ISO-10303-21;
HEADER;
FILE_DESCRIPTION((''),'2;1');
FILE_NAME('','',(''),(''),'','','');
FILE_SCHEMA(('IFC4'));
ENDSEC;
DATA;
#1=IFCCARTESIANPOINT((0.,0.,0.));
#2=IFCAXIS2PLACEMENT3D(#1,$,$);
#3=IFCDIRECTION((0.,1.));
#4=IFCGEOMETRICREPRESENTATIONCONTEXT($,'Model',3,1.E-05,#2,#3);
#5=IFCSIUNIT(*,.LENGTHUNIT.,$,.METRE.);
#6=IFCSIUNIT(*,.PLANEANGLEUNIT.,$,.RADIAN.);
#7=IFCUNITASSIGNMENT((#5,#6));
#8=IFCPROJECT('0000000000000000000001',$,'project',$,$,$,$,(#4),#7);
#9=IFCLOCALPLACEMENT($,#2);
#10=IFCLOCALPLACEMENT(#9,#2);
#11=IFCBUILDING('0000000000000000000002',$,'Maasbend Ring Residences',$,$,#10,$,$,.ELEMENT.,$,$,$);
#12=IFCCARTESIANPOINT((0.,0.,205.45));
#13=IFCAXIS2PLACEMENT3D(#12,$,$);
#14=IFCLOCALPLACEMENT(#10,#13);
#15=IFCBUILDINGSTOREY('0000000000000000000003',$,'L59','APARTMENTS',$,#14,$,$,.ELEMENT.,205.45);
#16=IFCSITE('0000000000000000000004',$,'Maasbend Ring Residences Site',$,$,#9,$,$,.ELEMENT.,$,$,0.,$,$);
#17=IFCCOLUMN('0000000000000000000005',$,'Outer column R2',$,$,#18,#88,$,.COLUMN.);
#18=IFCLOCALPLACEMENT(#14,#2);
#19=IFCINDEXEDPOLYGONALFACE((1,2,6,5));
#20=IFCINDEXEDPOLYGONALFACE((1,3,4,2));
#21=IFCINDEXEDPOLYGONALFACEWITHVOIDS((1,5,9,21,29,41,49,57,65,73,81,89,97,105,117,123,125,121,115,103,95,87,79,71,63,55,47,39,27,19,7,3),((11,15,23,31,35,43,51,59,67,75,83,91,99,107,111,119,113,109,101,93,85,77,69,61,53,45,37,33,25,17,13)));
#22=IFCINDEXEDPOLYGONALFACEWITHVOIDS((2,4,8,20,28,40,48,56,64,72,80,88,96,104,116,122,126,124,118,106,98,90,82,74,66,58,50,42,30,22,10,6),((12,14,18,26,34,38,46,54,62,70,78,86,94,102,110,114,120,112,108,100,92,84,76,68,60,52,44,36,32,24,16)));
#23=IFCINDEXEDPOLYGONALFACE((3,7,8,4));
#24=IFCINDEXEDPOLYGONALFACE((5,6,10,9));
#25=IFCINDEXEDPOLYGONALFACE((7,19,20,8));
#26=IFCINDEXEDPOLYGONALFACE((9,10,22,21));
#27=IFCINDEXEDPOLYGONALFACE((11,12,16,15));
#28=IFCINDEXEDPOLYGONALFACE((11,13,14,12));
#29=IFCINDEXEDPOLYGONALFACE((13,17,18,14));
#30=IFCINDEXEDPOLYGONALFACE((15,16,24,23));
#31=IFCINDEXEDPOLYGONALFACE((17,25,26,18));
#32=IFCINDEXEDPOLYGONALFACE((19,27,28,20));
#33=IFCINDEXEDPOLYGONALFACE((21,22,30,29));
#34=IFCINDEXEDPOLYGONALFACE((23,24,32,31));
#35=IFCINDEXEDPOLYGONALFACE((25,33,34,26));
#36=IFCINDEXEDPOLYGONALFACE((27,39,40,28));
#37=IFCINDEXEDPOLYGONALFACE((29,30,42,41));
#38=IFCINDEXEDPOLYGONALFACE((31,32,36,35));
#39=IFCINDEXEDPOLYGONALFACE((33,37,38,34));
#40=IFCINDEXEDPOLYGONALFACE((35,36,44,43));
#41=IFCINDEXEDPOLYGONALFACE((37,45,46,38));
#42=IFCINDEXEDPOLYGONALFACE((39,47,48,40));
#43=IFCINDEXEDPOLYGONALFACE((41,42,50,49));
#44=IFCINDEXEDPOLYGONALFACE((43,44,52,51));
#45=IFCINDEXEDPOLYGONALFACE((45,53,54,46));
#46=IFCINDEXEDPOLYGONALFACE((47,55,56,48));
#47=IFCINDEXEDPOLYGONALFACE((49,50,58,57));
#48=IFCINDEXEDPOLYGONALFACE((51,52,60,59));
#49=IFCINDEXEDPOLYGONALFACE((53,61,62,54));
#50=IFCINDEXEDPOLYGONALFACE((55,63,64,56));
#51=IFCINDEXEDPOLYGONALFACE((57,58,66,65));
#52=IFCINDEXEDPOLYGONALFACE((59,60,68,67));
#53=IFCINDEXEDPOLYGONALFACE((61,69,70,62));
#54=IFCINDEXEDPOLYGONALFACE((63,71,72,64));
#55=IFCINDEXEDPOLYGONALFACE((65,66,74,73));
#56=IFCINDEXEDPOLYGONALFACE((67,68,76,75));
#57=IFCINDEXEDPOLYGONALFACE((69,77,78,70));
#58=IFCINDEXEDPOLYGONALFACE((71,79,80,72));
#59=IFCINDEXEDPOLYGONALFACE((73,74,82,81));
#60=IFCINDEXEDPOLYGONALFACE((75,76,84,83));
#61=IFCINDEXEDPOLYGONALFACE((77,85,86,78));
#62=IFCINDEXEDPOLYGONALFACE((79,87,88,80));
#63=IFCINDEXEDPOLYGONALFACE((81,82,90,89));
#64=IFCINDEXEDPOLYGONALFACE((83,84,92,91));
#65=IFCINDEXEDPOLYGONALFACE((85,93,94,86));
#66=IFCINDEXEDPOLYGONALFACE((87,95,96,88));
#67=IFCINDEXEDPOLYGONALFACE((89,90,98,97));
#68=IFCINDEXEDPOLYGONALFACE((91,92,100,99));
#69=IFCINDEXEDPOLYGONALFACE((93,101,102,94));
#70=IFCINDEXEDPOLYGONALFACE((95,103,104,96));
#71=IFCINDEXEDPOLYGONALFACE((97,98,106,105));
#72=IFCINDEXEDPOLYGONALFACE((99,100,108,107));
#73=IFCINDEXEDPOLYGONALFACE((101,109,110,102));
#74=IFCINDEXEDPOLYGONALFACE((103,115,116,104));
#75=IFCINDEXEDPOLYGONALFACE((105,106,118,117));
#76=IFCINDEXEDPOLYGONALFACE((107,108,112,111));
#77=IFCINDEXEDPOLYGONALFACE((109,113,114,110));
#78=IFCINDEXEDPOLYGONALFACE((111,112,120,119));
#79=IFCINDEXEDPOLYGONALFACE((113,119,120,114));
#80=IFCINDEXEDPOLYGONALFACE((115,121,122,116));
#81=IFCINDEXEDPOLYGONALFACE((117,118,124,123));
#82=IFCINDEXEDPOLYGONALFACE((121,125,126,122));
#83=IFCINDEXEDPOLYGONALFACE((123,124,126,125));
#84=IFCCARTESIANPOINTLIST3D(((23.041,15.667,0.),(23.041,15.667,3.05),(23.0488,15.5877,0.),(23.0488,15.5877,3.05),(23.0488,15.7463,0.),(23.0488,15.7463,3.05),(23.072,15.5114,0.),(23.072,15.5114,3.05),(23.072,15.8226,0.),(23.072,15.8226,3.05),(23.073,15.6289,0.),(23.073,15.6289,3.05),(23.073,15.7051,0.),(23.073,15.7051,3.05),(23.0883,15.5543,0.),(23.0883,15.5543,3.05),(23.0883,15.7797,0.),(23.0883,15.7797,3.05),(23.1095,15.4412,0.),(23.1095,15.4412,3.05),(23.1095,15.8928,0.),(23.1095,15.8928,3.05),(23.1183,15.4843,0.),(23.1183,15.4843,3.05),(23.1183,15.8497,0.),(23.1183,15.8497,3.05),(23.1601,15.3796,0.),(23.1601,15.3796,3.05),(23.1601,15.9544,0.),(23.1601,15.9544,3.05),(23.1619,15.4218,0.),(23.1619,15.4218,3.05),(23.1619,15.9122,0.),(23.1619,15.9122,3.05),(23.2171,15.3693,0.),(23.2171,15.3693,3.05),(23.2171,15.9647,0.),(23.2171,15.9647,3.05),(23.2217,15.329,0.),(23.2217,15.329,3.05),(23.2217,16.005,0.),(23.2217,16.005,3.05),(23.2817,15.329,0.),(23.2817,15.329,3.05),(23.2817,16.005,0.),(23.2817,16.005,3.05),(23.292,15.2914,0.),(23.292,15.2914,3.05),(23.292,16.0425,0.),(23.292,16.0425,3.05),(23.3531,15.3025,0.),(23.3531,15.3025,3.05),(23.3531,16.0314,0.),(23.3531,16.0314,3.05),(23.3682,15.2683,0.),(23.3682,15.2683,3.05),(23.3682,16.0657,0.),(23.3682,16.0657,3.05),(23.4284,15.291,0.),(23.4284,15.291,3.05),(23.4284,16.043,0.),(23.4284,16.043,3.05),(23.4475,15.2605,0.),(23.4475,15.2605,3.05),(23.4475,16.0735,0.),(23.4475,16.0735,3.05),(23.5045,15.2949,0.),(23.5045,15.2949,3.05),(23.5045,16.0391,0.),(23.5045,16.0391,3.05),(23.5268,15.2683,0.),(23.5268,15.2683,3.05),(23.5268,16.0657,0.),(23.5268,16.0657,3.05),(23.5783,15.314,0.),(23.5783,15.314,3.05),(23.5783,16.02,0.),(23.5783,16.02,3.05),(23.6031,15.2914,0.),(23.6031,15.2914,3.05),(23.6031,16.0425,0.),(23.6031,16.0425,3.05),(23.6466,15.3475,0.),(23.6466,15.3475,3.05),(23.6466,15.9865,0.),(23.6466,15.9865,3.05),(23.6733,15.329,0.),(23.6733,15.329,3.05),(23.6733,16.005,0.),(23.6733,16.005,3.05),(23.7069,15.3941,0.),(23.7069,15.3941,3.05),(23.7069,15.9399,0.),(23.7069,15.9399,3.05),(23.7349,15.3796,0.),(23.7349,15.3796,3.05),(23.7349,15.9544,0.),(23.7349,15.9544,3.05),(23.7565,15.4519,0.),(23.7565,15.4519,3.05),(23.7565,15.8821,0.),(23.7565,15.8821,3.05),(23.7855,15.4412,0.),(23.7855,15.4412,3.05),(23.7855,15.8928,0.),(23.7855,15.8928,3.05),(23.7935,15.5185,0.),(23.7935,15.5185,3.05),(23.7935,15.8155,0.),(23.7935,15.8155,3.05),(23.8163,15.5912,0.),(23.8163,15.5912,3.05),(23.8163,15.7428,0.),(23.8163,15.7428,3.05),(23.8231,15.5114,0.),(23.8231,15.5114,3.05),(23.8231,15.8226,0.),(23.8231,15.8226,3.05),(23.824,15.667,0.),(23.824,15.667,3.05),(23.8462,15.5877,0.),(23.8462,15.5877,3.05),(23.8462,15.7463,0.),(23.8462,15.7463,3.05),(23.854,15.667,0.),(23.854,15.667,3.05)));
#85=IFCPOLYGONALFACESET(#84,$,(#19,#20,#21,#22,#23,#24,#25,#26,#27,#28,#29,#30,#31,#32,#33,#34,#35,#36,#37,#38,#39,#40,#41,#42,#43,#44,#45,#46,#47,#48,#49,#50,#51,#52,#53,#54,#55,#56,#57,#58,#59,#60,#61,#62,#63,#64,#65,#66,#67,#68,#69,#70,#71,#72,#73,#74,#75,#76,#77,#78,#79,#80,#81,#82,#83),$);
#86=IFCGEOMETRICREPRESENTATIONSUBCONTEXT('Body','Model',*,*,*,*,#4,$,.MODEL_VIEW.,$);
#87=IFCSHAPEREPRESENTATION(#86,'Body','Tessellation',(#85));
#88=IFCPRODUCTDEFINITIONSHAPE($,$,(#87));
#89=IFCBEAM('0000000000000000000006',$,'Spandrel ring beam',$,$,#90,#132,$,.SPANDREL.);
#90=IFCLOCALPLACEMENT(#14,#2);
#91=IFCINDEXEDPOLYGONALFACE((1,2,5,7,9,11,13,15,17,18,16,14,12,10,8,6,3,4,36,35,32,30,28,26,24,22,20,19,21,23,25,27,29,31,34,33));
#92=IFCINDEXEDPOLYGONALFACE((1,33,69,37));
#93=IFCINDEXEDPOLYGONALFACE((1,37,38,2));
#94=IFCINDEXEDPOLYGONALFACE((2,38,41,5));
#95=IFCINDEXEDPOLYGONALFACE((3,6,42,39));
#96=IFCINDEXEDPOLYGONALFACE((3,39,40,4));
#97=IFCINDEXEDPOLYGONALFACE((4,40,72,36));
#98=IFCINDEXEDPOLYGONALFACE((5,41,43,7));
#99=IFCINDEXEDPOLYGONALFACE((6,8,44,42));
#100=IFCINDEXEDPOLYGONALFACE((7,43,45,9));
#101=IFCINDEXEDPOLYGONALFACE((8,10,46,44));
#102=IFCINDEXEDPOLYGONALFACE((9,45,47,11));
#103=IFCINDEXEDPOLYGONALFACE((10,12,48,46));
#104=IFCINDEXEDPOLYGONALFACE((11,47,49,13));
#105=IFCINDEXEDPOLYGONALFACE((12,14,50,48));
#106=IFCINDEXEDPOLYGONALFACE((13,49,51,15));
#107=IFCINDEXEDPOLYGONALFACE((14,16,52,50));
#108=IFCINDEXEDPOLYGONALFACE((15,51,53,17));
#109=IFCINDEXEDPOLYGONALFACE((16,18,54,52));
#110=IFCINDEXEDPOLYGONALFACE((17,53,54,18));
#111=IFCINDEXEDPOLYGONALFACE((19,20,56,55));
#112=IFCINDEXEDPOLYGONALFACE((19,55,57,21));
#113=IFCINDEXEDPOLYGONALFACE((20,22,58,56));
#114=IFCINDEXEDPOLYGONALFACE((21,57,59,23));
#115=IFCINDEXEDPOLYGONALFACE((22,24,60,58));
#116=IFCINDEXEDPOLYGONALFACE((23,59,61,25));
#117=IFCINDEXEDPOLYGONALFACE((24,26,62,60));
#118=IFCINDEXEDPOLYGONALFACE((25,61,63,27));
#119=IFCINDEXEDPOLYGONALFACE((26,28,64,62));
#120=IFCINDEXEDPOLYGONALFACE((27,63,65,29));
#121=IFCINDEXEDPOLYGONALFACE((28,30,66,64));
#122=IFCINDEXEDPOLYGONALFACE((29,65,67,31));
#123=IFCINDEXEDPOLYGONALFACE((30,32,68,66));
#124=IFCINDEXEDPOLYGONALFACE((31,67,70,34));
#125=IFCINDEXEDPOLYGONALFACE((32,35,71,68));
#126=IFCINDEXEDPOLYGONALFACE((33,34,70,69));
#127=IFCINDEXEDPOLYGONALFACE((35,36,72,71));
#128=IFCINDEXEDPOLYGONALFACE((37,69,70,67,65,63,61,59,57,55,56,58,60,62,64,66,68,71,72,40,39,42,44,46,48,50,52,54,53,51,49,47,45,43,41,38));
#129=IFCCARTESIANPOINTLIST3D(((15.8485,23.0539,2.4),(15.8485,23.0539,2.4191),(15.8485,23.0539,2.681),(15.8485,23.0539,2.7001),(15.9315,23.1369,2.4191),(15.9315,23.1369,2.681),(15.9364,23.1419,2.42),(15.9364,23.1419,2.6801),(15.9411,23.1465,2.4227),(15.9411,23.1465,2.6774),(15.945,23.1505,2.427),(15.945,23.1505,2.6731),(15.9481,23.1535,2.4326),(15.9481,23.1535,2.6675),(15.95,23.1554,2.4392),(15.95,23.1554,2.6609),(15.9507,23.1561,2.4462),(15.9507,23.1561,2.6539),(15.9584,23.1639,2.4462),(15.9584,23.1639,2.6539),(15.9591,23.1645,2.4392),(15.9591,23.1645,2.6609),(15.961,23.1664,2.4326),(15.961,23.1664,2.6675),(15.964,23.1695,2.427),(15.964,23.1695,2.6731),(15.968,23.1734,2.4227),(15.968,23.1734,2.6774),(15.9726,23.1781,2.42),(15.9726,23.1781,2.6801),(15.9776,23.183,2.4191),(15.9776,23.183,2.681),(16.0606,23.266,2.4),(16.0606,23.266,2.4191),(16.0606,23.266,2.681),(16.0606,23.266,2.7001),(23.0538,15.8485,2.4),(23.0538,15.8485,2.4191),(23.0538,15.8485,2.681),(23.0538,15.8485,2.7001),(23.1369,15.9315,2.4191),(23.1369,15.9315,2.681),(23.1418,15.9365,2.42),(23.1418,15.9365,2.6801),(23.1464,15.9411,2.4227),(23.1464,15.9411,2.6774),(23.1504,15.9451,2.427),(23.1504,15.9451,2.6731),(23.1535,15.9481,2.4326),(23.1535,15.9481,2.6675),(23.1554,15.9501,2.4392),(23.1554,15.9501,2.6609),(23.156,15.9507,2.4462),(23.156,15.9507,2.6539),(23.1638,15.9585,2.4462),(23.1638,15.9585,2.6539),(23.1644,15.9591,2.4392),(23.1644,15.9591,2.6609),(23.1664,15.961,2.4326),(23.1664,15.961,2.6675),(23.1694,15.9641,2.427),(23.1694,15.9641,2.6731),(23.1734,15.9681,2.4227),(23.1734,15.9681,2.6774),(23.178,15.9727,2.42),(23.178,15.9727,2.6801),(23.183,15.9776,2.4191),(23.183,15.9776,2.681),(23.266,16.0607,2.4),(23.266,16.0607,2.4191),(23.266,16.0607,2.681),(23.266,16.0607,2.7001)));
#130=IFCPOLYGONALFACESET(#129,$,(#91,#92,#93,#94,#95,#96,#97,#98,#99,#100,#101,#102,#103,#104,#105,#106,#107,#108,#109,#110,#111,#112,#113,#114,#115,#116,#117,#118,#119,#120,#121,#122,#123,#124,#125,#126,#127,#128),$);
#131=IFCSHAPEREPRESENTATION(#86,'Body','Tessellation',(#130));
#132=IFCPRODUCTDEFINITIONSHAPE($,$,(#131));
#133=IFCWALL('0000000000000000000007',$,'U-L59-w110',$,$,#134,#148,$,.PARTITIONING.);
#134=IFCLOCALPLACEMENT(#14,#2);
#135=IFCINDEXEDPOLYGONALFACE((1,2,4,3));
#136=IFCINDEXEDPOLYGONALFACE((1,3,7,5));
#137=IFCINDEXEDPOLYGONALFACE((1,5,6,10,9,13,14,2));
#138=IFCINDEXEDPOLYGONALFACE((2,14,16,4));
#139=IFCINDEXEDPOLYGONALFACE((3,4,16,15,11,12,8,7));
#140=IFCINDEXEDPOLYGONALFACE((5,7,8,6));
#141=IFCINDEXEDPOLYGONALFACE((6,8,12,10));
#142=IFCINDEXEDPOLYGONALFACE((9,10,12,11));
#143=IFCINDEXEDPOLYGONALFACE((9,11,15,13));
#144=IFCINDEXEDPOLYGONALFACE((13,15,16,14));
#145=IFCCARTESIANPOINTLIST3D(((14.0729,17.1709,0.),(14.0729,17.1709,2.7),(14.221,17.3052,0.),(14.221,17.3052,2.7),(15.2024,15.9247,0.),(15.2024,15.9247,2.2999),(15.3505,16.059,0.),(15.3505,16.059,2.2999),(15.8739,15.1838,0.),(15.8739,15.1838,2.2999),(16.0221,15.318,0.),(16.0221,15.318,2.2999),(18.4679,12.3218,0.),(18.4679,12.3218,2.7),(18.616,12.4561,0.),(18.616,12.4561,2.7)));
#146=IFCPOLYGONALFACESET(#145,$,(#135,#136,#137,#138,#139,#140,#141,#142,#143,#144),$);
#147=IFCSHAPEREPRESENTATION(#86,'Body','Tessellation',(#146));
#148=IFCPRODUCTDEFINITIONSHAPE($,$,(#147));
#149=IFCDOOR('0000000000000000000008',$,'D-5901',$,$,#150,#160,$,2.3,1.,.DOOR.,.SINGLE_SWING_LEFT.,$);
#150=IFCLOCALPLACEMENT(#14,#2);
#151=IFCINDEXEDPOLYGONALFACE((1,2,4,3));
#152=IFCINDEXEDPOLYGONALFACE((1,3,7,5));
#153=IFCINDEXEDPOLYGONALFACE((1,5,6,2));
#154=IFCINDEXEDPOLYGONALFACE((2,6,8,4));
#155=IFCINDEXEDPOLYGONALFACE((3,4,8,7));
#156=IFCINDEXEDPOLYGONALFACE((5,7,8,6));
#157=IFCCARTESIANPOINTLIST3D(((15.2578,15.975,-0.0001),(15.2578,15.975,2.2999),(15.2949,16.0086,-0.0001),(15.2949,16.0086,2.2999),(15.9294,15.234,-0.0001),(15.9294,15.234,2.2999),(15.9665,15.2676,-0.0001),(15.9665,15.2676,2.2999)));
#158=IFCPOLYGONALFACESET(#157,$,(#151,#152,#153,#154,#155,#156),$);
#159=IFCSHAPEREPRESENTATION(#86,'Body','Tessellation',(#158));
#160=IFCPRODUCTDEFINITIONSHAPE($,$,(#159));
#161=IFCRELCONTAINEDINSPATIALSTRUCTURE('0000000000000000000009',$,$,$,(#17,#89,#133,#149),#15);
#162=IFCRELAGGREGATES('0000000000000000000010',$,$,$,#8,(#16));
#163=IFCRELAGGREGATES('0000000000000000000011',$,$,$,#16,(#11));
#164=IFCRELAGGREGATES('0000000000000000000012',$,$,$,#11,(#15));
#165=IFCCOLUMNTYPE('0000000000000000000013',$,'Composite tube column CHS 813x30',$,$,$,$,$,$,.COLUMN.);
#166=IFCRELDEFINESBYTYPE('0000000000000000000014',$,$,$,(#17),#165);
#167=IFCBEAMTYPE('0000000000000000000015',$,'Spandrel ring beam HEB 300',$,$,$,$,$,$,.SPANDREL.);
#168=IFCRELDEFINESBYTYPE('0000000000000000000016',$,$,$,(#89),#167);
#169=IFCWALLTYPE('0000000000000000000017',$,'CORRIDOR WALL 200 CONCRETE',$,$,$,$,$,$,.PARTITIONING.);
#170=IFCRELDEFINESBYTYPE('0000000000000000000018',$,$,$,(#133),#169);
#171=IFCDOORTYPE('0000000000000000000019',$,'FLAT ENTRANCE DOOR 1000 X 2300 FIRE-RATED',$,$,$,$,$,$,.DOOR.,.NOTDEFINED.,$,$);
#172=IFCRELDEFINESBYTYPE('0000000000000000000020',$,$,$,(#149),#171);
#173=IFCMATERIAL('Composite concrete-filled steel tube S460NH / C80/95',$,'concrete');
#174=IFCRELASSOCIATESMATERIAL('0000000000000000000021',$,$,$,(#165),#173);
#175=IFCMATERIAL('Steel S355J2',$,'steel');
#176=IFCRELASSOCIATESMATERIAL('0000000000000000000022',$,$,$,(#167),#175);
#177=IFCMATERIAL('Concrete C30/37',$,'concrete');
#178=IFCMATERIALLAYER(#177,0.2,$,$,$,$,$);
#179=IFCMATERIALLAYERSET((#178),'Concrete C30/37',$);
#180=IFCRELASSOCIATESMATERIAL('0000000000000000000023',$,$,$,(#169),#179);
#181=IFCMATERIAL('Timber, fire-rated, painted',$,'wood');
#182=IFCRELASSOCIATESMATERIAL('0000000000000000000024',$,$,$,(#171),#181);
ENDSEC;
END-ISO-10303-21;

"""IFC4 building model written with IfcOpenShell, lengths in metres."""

from ifc_helpers import new_model, si_unit, direction, frame, frame_2d, origin, origin_2d, place, context, subcontext, project, spatial, rectangle, hollow_circle, i_section, extrude, material, layer, layer_set, material_profile, profile_set, type_object, element, fill, save


model = new_model("IFC4")

# Units and contexts
model_context = context("Model", 3, precision=1e-05, world=origin(), true_north=direction((0.0, 1.0)))
body_context = subcontext(model_context, "Body", "Model", "MODEL_VIEW")
ifc_project = project(units=[si_unit("LENGTHUNIT", "METRE"), si_unit("PLANEANGLEUNIT", "RADIAN")], contexts=[model_context])

# Site, building, storey
site_placement = place(None, origin())
site = spatial("IfcSite", under=ifc_project, at=site_placement, Name="Maasbend Ring Residences Site", CompositionType="ELEMENT", RefElevation=0.0)
building_placement = place(site_placement, origin())
building = spatial("IfcBuilding", under=site, at=building_placement, Name="Maasbend Ring Residences", CompositionType="ELEMENT")
storey_placement = place(building_placement, frame((0.0, 0.0, 205.45)))
storey = spatial("IfcBuildingStorey", under=building, at=storey_placement, Name="L59", Description="APARTMENTS", CompositionType="ELEMENT", Elevation=205.45)

# Column
ifc_material_1 = material(Name="Composite concrete-filled steel tube S460NH / C80/95", Category="concrete")
ifc_material_profile_1 = material_profile(ifc_material_1, hollow_circle(Radius=0.4065, WallThickness=0.03, at=origin_2d()), Name="Composite tube column CHS 813x30")
ifc_profile_set_1 = profile_set([ifc_material_profile_1], Name="Composite concrete-filled steel tube S460NH / C80/95")
column_type = type_object("IfcColumnType", Name="Composite tube column CHS 813x30", PredefinedType="COLUMN", material=ifc_profile_set_1)
column_placement = place(storey_placement, frame((23.4475, 15.667, 0.0), z_axis=(0.0, 0.0, 1.0), x_axis=(1.0, 0.0, 0.0)))
element("IfcColumn", 1, at=column_placement, inside=storey, type_object=column_type, Name="Outer column R2", PredefinedType="COLUMN", context=body_context, shape_type="SweptSolid", body=[
    extrude(hollow_circle(Radius=0.4065, WallThickness=0.03, at=origin_2d()), origin(), (0.0, 0.0, 1.0), 3.05),
])

# Beam
ifc_material_2 = material(Name="Steel S355J2", Category="steel")
ifc_material_profile_2 = material_profile(ifc_material_2, i_section(OverallWidth=0.3, OverallDepth=0.3, WebThickness=0.011, FlangeThickness=0.019, FilletRadius=0.0271, at=origin_2d()), Name="HEB 300")
ifc_profile_set_2 = profile_set([ifc_material_profile_2], Name="Steel S355J2")
beam_type = type_object("IfcBeamType", Name="Spandrel ring beam HEB 300", PredefinedType="SPANDREL", material=ifc_profile_set_2)
beam_placement = place(storey_placement, frame((23.1599, 15.9546, 2.55), z_axis=(-0.707107, 0.707107, 0.0), x_axis=(-0.707107, -0.707107, 0.0)))
element("IfcBeam", 2, at=beam_placement, inside=storey, type_object=beam_type, Name="Spandrel ring beam", PredefinedType="SPANDREL", context=body_context, shape_type="SweptSolid", body=[
    extrude(i_section(OverallWidth=0.3, OverallDepth=0.3, WebThickness=0.011, FlangeThickness=0.019, FilletRadius=0.0271, at=origin_2d()), origin(), (0.0, 0.0, 1.0), 10.1899),
])

# Wall, opening, door
ifc_material_3 = material(Name="Concrete C30/37", Category="concrete")
ifc_layer_1 = layer(ifc_material_3, 0.2)
ifc_layer_set_1 = layer_set([ifc_layer_1], Name="Concrete C30/37")
wall_type_1 = type_object("IfcWallType", Name="CORRIDOR WALL 200 CONCRETE", PredefinedType="PARTITIONING", material=ifc_layer_set_1)
wall_1_placement = place(storey_placement, frame((14.147, 17.238, 0.0), z_axis=(0.0, 0.0, 1.0), x_axis=(0.671562, -0.740949, 0.0)))
wall_1 = element("IfcWall", 3, at=wall_1_placement, inside=storey, type_object=wall_type_1, Name="U-L59-w110", PredefinedType="PARTITIONING", context=body_context, shape_type="SweptSolid", body=[
    extrude(rectangle(XDim=6.5444, YDim=0.2, at=frame_2d((3.2722, 0.0))), origin(), (0.0, 0.0, 1.0), 2.7),
])
opening_1_placement = place(wall_1_placement, frame((1.6819, 0.0, 0.0)))
opening_1 = element("IfcOpeningElement", 4, at=opening_1_placement, cuts=wall_1, PredefinedType="OPENING", context=body_context, shape_type="SweptSolid", body=[
    extrude(rectangle(XDim=1.0, YDim=2.3, at=frame_2d((0.5, 1.1499))), frame((0.0, 0.1099, 0.0), z_axis=(0.0, -1.0, 0.0), x_axis=(1.0, 0.0, 0.0)), (0.0, 0.0, 1.0), 0.22),
])
ifc_material_4 = material(Name="Timber, fire-rated, painted", Category="wood")
door_type_1 = type_object("IfcDoorType", Name="FLAT ENTRANCE DOOR 1000 X 2300 FIRE-RATED", OperationType="NOTDEFINED", PredefinedType="DOOR", material=ifc_material_4)
door_1_placement = place(opening_1_placement, origin())
door_1 = element("IfcDoor", 5, at=door_1_placement, inside=storey, type_object=door_type_1, Name="D-5901", OperationType="SINGLE_SWING_LEFT", OverallHeight=2.3, OverallWidth=1.0, PredefinedType="DOOR", context=body_context, shape_type="SweptSolid", body=[
    extrude(rectangle(XDim=1.0, YDim=2.3, at=frame_2d((0.5, 1.1499))), frame((0.0, 0.0249, 0.0), z_axis=(0.0, -1.0, 0.0), x_axis=(1.0, 0.0, 0.0)), (0.0, 0.0, 1.0), 0.05),
])
fill(opening_1, door_1)

save(model, "model.ifc")
